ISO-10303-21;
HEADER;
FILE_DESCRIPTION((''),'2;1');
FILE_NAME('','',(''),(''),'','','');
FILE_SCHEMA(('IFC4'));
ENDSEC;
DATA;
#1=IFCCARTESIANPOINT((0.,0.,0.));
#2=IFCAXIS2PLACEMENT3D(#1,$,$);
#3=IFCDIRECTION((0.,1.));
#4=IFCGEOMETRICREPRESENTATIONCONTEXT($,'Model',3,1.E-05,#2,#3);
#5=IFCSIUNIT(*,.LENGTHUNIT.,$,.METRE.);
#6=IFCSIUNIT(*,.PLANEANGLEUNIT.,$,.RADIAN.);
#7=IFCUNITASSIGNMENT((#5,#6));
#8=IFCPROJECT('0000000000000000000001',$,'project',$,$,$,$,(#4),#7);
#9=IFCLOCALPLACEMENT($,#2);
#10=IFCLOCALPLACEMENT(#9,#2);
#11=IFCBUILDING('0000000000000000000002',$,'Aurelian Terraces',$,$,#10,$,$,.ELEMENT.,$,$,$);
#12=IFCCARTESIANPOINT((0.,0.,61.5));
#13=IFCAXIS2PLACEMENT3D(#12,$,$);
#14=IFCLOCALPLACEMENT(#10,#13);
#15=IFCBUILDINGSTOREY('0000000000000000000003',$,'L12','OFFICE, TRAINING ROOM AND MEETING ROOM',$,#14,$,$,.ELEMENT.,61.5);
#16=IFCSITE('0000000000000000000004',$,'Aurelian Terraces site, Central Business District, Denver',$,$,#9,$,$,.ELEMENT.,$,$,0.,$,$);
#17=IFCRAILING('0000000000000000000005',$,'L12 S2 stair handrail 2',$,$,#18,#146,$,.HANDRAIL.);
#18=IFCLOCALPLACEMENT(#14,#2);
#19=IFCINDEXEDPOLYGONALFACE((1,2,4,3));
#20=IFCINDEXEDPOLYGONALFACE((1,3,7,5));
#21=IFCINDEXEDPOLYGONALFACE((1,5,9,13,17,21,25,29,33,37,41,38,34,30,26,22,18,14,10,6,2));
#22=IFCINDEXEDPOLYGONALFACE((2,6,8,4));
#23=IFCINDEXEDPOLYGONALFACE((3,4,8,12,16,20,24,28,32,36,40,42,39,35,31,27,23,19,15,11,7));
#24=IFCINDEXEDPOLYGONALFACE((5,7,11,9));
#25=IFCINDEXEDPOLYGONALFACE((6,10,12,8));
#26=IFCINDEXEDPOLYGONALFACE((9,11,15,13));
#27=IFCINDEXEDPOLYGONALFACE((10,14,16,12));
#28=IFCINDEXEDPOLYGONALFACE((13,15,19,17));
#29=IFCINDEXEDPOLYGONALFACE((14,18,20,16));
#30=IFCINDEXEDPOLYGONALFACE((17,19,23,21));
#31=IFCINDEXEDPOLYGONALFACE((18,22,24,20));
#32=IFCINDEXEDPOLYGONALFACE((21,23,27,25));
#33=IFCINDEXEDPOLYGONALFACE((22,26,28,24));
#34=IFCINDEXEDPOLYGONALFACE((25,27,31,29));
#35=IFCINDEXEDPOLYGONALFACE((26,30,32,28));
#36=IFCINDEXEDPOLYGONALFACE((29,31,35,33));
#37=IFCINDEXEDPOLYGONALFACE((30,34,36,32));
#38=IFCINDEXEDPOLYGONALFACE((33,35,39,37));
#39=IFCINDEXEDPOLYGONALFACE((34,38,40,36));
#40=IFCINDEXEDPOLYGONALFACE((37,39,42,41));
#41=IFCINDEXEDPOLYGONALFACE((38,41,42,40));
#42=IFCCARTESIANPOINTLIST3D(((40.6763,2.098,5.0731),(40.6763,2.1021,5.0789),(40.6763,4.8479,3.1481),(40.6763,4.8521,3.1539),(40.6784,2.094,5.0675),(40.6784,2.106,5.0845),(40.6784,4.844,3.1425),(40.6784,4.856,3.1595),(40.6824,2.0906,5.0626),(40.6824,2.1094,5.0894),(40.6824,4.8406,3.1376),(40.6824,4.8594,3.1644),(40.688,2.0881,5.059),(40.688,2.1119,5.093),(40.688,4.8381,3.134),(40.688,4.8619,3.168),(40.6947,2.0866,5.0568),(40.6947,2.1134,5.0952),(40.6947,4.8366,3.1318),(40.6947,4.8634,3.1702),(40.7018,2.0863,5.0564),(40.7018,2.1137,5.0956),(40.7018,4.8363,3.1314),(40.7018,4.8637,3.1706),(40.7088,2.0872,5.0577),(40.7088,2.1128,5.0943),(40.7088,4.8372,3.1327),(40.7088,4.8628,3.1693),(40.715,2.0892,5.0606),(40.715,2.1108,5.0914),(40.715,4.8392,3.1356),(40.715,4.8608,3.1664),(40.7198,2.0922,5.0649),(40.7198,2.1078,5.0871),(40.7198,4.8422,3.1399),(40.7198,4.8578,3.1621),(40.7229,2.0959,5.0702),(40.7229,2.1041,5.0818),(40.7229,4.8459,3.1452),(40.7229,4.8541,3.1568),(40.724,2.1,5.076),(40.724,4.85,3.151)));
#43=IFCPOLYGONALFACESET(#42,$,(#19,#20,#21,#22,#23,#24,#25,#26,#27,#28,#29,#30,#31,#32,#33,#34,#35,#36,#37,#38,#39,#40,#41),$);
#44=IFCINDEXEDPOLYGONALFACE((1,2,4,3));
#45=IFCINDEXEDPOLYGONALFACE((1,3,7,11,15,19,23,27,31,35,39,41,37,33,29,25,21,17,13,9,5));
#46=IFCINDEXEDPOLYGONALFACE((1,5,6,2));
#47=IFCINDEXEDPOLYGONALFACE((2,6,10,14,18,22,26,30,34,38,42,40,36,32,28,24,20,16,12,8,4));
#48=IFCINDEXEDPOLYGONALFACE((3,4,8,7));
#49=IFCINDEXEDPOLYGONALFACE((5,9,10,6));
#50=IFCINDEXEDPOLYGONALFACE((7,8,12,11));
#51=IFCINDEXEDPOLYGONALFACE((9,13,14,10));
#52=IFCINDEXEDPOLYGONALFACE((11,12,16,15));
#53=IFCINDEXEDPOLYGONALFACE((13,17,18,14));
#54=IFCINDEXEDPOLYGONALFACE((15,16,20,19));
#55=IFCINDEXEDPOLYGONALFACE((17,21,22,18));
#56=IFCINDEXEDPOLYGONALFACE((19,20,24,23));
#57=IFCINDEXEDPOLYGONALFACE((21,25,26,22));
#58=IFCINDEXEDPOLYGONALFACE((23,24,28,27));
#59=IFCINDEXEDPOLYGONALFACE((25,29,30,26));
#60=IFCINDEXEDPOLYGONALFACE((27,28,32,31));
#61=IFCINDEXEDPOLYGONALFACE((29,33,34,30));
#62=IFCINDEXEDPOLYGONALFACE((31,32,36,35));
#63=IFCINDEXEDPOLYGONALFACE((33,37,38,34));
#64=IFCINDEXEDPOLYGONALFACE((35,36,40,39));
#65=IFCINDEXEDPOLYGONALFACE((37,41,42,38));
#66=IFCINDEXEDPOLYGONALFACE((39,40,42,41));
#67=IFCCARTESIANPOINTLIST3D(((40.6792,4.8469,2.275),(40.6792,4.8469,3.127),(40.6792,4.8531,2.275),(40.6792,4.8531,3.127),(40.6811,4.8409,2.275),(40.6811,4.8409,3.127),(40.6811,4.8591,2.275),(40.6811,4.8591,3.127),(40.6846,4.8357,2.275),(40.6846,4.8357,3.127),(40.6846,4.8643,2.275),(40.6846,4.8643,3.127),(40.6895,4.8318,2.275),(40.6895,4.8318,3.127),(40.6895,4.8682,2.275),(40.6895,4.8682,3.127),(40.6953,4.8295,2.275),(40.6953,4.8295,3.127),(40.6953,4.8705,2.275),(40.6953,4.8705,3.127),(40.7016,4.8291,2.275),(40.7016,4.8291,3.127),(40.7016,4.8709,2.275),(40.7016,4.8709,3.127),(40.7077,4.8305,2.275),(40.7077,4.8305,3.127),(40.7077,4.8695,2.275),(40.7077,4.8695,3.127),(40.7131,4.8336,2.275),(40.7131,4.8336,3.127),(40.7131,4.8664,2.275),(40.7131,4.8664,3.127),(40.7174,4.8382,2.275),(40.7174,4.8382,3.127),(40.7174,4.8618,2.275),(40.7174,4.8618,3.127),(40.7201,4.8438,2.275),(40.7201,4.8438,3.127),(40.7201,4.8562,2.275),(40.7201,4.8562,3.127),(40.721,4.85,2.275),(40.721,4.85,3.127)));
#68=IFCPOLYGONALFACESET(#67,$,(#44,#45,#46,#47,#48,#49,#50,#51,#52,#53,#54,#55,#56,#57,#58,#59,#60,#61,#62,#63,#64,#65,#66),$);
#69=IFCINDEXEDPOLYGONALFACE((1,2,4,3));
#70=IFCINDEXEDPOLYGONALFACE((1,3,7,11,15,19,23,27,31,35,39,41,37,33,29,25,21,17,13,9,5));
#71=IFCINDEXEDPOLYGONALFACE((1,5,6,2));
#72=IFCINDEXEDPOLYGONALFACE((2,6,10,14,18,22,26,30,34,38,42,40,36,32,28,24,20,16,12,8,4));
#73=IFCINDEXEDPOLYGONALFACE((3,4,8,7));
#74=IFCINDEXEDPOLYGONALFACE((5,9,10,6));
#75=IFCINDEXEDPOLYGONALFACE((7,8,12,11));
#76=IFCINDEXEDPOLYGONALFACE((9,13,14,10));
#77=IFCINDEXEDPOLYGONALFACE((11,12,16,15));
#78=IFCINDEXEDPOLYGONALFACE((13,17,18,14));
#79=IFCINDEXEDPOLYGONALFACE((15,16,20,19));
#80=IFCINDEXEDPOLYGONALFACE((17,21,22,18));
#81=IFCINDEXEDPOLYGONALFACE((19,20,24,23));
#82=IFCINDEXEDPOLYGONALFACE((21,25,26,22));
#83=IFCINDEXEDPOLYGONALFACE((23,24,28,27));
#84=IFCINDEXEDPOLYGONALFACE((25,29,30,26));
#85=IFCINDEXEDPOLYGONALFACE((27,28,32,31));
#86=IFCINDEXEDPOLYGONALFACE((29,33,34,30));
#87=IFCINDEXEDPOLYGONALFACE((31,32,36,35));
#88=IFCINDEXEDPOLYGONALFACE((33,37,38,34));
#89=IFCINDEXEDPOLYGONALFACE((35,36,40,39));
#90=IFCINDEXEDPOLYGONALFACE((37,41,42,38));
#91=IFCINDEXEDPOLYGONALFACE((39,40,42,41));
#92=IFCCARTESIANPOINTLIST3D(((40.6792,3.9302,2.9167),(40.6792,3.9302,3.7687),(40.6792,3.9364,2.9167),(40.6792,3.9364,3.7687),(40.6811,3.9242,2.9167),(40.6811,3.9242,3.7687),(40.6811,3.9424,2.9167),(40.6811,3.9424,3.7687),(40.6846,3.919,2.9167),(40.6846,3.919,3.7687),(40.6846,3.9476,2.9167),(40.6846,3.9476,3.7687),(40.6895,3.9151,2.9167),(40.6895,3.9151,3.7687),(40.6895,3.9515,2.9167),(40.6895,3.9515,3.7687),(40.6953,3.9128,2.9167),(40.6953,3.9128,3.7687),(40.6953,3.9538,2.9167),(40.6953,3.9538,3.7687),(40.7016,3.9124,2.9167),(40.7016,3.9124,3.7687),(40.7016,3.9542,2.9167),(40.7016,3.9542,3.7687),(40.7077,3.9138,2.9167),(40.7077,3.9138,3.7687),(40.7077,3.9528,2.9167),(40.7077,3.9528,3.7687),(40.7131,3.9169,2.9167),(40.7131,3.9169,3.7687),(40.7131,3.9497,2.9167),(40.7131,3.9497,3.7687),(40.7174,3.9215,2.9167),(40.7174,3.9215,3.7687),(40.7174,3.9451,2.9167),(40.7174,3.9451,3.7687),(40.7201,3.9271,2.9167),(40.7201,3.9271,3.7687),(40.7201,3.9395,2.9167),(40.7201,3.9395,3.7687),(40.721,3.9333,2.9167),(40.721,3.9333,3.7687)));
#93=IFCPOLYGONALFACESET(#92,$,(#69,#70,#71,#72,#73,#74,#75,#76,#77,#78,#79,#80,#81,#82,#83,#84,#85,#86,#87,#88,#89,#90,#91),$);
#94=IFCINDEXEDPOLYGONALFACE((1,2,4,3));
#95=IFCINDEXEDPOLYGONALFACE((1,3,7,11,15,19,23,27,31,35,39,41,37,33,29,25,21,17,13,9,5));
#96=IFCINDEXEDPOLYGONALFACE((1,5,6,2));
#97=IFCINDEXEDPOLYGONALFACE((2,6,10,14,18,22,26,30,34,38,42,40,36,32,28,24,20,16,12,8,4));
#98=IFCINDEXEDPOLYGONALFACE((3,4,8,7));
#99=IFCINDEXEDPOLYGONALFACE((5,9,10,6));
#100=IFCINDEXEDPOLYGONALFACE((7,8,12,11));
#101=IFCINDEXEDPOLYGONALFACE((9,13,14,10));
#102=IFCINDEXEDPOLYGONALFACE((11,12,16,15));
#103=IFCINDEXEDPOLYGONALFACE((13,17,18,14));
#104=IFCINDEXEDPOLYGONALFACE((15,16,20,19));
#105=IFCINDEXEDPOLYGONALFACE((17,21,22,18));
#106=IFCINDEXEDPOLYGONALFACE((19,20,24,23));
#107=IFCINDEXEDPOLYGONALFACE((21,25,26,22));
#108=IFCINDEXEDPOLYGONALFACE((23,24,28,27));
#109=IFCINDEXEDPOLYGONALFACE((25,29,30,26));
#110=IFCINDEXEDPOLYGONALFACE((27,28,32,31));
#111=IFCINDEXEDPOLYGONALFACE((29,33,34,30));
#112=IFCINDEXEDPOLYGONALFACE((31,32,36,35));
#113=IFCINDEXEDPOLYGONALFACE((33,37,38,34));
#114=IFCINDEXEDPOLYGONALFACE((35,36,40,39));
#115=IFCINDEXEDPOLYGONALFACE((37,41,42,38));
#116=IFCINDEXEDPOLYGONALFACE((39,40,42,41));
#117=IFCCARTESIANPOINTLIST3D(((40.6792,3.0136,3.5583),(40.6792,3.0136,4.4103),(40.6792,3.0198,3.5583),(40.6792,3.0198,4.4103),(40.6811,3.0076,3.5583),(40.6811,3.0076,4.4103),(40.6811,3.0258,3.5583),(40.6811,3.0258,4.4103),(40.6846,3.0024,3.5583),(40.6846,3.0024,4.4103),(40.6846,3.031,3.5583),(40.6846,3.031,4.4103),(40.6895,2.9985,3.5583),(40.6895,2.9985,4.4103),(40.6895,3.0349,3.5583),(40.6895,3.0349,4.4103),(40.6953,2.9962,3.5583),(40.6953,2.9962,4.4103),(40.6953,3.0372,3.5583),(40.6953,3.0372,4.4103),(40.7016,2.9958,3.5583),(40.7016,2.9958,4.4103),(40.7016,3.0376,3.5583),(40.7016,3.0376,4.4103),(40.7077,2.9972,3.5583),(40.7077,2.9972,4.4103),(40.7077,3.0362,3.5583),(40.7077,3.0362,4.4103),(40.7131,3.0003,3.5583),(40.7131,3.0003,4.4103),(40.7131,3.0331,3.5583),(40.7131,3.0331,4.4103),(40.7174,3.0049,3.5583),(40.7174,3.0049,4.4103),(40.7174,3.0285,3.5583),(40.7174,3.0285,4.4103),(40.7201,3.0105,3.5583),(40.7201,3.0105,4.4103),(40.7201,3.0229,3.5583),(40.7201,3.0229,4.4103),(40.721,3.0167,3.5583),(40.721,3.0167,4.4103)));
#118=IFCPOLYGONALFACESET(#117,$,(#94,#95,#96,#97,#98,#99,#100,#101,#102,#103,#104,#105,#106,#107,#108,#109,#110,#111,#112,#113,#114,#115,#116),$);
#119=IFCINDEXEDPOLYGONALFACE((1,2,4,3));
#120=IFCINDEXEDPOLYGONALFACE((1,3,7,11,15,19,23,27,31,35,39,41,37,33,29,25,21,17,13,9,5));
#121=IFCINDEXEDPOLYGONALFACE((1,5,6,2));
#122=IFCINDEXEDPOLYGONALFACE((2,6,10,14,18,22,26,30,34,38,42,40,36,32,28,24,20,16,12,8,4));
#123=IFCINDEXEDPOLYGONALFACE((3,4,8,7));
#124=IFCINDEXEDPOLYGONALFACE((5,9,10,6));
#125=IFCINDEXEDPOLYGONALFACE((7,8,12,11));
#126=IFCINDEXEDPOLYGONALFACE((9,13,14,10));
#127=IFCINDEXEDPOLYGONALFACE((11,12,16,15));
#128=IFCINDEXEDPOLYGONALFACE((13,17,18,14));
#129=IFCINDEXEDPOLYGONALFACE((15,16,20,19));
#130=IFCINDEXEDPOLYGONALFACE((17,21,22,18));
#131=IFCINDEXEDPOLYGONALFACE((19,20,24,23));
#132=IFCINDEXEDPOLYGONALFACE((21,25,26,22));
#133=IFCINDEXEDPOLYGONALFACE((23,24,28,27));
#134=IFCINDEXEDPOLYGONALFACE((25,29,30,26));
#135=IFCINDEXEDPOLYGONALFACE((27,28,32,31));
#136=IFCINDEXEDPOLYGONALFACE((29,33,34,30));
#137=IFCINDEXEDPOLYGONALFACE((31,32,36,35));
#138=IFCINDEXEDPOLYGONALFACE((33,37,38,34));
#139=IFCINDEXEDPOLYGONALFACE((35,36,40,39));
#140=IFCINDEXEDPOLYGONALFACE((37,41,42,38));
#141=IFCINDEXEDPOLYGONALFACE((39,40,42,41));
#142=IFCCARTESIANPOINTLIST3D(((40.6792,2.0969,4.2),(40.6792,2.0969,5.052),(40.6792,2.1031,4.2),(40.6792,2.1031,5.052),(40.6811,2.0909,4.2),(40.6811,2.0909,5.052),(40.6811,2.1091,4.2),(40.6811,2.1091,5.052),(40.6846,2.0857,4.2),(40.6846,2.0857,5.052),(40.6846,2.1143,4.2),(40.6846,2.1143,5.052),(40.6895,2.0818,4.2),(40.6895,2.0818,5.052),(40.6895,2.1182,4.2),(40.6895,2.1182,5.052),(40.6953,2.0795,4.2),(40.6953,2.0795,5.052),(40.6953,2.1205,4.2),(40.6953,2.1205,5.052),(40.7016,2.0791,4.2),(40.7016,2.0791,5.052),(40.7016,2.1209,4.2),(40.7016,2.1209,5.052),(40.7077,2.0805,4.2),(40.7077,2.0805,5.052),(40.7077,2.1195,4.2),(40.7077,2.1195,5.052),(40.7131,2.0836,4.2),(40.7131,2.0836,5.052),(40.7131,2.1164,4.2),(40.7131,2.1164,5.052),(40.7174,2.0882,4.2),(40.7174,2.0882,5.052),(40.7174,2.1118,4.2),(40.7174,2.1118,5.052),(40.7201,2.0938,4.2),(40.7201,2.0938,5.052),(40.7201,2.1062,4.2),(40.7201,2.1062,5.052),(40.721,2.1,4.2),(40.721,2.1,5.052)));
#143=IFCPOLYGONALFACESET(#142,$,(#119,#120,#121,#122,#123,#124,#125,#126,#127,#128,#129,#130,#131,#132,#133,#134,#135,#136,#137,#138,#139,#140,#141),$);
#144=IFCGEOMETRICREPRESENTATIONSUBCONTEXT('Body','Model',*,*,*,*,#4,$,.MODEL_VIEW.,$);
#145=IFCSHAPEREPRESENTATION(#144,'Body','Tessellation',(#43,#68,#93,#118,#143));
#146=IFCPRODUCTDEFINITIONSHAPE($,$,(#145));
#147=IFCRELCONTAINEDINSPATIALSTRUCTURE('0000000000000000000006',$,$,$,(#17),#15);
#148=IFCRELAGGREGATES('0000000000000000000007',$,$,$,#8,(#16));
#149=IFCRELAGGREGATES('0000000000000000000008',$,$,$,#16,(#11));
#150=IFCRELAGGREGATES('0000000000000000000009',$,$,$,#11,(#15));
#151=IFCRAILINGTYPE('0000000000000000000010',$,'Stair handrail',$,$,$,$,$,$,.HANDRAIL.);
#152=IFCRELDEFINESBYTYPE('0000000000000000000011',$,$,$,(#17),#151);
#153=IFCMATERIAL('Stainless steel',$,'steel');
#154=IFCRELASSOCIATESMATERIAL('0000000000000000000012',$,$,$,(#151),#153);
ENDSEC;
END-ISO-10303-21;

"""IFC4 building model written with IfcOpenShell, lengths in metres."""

from ifc_helpers import new_model, si_unit, direction, frame, origin, origin_2d, place, context, subcontext, project, spatial, circle, extrude, source, transform, mapped, material, type_object, element, save


model = new_model("IFC4")

# Units and contexts
model_context = context("Model", 3, precision=1e-05, world=origin(), true_north=direction((0.0, 1.0)))
body_context = subcontext(model_context, "Body", "Model", "MODEL_VIEW")
ifc_project = project(units=[si_unit("LENGTHUNIT", "METRE"), si_unit("PLANEANGLEUNIT", "RADIAN")], contexts=[model_context])

# Site, building, storey
site_placement = place(None, origin())
site = spatial("IfcSite", under=ifc_project, at=site_placement, Name="Aurelian Terraces site, Central Business District, Denver", CompositionType="ELEMENT", RefElevation=0.0)
building_placement = place(site_placement, origin())
building = spatial("IfcBuilding", under=site, at=building_placement, Name="Aurelian Terraces", CompositionType="ELEMENT")
storey_placement = place(building_placement, frame((0.0, 0.0, 61.5)))
storey = spatial("IfcBuildingStorey", under=building, at=storey_placement, Name="L12", Description="OFFICE, TRAINING ROOM AND MEETING ROOM", CompositionType="ELEMENT", Elevation=61.5)

# Railing
ifc_material_1 = material(Name="Stainless steel", Category="steel")
railing_type_1 = type_object("IfcRailingType", Name="Stair handrail", PredefinedType="HANDRAIL", material=ifc_material_1)
shared_shape_1 = source(origin(), body_context, "Body", "SweptSolid", [
    extrude(circle(Radius=0.024, at=origin_2d()), frame((0.0, 0.0, 0.876), z_axis=(0.0, -0.819232, 0.573462), x_axis=(1.0, 0.0, 0.0)), (0.0, 0.0, 1.0), 3.3568),
    extrude(circle(Radius=0.021, at=origin_2d()), origin(), (0.0, 0.0, 1.0), 0.852),
    extrude(circle(Radius=0.021, at=origin_2d()), frame((0.0, -0.9167, 0.6417)), (0.0, 0.0, 1.0), 0.852),
    extrude(circle(Radius=0.021, at=origin_2d()), frame((0.0, -1.8333, 1.2833)), (0.0, 0.0, 1.0), 0.852),
    extrude(circle(Radius=0.021, at=origin_2d()), frame((0.0, -2.75, 1.925)), (0.0, 0.0, 1.0), 0.852),
])
railing_1_placement = place(storey_placement, frame((40.7, 4.85, 2.275)))
element("IfcRailing", 1, at=railing_1_placement, inside=storey, type_object=railing_type_1, Name="L12 S2 stair handrail 2", PredefinedType="HANDRAIL", context=body_context, shape_type="MappedRepresentation", body=[
    mapped(shared_shape_1, transform((0.0, 0.0, 0.0), scale=1.0)),
])

save(model, "model.ifc")
